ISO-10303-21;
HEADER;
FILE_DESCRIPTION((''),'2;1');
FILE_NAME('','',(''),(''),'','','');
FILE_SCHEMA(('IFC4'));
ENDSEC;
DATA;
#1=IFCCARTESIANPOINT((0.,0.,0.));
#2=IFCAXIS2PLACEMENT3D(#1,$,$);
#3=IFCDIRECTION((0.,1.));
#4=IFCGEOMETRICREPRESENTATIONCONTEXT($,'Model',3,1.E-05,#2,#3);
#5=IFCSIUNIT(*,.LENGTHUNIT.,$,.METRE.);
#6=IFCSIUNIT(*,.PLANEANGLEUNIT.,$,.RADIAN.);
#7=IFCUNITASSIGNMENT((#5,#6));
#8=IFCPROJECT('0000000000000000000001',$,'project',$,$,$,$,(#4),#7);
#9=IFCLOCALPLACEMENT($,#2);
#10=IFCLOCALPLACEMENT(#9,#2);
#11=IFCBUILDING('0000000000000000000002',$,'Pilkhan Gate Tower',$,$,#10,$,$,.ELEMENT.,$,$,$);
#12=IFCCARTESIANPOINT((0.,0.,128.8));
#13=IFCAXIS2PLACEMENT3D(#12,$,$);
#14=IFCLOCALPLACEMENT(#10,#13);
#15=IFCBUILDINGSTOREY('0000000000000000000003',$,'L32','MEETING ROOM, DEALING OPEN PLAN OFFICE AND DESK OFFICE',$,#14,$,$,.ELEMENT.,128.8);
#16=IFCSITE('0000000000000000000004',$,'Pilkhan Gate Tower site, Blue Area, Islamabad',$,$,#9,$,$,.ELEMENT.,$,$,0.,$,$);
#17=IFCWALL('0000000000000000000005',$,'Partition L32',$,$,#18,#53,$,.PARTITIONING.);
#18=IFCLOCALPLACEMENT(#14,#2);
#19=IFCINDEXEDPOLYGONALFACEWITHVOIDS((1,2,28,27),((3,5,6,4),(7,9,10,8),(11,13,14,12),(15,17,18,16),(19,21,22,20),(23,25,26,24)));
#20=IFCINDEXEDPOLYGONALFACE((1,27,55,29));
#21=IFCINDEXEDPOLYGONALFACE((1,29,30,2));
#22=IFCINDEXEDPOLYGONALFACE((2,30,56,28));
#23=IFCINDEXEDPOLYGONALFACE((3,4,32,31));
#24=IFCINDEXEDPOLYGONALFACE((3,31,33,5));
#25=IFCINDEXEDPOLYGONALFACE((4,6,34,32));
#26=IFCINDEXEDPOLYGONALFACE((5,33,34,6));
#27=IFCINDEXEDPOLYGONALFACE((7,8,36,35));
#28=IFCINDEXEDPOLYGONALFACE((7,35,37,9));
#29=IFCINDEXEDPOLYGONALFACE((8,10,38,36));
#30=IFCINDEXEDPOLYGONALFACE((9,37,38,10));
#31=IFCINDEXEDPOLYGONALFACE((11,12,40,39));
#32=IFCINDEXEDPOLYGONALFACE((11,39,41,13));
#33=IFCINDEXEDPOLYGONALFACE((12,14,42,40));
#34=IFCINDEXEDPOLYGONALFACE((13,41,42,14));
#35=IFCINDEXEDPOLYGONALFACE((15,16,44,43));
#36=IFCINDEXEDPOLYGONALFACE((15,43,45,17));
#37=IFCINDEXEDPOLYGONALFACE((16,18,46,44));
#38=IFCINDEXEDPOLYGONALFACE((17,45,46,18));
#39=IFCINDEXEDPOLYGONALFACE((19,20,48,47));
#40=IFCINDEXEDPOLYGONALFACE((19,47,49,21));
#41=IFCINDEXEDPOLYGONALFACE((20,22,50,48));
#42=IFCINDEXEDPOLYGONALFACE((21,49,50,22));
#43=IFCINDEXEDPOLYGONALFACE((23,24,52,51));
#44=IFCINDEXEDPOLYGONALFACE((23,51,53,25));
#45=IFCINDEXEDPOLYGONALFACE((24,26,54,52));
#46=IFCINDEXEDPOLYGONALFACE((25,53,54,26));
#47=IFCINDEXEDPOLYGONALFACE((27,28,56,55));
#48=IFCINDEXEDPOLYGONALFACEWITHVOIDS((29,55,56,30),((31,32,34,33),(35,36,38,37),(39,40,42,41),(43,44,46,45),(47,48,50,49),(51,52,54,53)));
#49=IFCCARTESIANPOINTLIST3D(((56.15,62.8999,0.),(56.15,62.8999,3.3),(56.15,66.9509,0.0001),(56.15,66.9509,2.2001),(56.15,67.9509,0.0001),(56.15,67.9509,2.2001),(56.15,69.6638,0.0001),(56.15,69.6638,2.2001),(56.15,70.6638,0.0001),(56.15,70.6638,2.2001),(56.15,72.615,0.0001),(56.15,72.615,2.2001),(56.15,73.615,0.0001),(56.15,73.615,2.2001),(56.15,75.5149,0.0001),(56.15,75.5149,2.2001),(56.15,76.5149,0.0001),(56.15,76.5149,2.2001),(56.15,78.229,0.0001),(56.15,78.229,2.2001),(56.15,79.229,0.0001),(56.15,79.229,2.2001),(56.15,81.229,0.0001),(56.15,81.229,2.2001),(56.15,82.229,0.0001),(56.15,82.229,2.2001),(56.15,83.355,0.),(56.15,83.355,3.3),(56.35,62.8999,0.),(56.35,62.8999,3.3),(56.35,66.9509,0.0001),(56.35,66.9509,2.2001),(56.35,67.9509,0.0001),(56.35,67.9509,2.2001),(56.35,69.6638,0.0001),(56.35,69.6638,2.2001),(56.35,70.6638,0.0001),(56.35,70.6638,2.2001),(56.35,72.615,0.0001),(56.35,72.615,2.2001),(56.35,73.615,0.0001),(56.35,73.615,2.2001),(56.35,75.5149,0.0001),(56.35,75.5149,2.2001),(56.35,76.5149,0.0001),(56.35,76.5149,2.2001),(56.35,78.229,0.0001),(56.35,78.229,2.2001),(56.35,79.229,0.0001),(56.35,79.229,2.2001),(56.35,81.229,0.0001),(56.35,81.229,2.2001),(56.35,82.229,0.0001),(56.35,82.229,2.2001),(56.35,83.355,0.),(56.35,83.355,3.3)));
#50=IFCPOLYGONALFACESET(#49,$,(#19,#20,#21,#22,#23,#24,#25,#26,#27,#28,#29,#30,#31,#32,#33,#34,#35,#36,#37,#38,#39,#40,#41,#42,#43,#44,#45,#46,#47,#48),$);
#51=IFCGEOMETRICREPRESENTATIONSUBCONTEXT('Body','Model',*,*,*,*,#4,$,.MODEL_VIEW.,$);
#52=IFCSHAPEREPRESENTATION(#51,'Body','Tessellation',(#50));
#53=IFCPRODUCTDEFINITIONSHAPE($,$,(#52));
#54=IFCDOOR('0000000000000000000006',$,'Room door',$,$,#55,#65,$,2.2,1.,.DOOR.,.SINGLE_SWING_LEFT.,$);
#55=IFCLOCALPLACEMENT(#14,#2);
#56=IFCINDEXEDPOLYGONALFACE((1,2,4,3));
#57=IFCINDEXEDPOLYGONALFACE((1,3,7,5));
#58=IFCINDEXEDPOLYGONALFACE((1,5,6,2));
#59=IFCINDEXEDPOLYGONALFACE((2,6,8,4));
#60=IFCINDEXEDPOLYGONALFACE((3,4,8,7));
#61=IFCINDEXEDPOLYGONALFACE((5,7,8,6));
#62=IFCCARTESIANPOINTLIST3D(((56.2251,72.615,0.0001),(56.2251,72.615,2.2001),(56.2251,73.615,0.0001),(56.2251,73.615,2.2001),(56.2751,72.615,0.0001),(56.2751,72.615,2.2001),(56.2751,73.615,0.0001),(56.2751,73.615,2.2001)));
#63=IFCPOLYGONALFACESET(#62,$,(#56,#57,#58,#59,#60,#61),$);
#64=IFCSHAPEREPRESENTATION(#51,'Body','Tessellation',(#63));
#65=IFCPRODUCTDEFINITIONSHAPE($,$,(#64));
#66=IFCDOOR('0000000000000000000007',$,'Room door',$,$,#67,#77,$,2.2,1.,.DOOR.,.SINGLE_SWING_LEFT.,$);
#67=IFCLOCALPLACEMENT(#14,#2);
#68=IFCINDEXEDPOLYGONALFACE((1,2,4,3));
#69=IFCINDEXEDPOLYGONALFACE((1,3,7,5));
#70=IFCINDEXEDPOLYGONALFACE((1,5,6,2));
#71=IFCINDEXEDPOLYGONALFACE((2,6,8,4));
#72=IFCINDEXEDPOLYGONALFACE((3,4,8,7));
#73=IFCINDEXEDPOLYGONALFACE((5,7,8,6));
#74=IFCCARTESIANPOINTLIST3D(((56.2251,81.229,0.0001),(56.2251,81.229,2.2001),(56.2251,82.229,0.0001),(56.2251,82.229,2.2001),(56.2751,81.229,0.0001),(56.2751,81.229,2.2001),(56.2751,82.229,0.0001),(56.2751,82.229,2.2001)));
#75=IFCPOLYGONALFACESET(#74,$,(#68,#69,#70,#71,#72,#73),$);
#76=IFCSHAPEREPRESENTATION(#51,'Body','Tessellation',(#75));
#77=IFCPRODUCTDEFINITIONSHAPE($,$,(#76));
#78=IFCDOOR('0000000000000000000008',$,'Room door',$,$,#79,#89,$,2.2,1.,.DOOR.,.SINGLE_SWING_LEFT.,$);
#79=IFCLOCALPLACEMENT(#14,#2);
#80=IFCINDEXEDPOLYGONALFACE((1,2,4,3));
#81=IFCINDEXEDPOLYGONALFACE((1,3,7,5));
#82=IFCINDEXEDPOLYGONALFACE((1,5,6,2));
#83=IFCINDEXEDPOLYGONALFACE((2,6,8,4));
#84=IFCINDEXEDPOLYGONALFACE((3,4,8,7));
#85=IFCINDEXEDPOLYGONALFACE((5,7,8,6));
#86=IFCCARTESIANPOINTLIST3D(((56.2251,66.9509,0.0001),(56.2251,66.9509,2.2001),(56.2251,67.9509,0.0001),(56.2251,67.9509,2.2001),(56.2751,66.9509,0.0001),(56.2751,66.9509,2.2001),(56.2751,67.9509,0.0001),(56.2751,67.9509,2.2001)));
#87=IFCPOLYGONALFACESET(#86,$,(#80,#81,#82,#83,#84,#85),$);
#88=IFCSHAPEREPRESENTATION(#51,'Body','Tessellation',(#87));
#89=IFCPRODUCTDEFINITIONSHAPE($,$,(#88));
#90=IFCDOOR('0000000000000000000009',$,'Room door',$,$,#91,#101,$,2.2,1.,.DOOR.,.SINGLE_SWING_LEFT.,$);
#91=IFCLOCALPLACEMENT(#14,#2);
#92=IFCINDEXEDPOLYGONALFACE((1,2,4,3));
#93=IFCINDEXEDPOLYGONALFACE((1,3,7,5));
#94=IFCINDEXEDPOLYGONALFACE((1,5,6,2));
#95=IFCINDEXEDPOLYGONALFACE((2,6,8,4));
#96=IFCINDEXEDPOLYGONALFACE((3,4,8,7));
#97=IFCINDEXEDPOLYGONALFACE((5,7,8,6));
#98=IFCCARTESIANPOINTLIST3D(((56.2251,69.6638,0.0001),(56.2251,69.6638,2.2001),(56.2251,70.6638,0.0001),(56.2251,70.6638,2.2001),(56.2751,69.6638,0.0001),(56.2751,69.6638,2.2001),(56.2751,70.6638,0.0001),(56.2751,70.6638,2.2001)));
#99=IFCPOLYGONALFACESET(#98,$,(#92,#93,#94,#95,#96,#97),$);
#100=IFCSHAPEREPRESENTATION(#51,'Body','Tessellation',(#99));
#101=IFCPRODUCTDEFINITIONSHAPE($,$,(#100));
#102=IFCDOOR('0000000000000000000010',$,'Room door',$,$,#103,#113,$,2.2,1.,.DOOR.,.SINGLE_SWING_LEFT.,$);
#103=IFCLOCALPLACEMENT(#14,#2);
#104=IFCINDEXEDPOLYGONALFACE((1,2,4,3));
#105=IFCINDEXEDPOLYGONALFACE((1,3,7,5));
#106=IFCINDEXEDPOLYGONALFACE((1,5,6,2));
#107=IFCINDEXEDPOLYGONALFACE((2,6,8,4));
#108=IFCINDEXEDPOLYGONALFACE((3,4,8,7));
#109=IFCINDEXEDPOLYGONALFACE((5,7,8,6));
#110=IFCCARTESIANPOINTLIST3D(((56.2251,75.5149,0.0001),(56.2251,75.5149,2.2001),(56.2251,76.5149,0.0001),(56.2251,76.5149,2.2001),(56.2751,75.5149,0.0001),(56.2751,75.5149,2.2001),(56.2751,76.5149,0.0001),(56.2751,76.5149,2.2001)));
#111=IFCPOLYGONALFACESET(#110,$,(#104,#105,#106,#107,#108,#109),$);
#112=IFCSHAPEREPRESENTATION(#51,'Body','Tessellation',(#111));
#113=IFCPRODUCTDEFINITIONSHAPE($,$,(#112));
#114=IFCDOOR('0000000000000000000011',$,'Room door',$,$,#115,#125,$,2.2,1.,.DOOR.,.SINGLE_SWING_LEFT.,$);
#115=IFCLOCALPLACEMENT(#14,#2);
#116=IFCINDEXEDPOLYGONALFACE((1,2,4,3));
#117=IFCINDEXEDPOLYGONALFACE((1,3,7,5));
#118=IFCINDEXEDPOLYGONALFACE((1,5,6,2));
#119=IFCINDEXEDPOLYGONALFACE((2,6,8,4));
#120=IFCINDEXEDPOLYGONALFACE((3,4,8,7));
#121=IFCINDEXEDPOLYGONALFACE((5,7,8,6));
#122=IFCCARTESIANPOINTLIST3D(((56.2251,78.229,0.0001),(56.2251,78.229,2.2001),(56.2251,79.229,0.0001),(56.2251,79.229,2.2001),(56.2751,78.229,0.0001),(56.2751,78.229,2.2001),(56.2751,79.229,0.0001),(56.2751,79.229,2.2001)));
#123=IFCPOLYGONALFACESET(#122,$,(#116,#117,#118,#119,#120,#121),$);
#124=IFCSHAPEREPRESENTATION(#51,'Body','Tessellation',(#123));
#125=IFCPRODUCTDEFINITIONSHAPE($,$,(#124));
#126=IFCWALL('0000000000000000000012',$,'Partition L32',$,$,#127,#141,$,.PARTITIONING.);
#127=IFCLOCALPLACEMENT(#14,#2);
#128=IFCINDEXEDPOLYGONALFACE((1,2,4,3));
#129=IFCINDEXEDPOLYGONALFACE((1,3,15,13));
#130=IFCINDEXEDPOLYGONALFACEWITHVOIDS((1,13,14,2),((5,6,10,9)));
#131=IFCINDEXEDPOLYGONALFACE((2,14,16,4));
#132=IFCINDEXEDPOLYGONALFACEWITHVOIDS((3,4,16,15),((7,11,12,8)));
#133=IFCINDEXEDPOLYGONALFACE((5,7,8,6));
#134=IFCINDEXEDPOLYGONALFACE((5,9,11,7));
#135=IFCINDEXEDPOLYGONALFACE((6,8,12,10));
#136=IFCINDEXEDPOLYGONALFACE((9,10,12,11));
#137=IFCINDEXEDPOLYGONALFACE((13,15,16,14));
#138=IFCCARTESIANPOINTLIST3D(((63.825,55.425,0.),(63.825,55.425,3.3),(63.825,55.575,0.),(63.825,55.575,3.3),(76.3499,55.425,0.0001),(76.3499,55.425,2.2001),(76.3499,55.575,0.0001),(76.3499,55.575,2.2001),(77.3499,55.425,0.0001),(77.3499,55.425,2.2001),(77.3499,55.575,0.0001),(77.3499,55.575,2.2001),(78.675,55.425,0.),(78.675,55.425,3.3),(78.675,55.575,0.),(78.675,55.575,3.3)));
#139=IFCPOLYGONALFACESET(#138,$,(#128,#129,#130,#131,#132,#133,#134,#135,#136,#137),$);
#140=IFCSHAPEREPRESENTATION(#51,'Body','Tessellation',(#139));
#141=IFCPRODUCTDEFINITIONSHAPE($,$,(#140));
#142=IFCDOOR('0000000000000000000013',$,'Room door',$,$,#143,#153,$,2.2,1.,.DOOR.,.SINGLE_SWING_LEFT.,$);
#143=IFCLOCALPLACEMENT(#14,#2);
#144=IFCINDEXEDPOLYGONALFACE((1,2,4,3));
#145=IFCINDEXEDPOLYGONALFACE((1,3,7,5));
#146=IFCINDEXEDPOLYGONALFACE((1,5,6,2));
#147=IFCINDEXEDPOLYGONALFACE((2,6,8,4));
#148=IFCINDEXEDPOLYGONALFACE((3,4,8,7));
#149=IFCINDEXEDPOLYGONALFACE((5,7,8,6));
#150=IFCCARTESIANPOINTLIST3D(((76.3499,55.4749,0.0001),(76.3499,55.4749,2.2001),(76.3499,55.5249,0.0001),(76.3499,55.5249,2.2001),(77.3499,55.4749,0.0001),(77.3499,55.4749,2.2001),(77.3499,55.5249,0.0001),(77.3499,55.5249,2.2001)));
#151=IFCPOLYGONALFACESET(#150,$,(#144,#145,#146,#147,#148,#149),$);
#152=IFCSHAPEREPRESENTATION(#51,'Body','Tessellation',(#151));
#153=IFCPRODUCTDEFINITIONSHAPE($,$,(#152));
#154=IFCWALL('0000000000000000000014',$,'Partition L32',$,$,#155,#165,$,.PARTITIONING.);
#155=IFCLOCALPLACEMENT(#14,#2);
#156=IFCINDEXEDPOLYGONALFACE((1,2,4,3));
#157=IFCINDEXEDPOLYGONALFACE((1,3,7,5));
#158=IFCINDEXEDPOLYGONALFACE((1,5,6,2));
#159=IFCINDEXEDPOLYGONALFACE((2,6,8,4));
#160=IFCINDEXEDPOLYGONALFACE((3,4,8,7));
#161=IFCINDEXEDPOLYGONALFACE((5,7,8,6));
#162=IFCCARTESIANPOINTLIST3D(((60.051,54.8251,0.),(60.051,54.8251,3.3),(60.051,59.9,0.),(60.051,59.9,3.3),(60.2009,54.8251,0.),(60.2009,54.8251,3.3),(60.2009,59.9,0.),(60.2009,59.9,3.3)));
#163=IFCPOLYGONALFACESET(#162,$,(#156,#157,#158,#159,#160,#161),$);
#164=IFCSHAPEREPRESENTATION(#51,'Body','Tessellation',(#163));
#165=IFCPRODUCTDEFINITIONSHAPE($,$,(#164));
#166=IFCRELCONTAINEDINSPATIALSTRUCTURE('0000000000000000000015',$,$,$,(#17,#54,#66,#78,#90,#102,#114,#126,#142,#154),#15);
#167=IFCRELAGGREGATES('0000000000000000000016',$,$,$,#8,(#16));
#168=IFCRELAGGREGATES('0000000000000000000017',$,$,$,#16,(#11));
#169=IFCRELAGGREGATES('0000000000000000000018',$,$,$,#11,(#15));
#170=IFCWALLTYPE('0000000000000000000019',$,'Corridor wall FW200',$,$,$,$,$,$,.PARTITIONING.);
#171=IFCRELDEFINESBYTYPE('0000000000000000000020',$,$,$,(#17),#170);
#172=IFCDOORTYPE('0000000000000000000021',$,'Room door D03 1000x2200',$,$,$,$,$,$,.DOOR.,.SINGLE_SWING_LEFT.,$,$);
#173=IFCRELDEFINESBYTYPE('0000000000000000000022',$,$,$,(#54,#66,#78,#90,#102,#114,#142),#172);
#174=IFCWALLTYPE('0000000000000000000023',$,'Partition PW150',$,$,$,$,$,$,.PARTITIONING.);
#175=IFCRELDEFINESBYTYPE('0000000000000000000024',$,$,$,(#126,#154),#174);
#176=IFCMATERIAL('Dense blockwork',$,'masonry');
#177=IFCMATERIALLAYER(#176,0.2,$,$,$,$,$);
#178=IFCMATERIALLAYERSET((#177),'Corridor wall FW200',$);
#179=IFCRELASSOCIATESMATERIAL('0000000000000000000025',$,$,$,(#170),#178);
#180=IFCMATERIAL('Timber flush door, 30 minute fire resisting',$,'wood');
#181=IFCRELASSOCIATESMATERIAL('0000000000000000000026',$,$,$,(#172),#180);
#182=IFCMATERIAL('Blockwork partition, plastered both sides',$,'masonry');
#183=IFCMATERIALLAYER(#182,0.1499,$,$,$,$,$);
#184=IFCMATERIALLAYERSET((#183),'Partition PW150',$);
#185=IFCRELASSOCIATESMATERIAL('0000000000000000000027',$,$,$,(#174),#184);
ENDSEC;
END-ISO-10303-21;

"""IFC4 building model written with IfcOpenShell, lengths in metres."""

from ifc_helpers import new_model, si_unit, direction, frame, frame_2d, origin, place, context, subcontext, project, spatial, rectangle, extrude, material, layer, layer_set, type_object, element, fill, save


model = new_model("IFC4")

# Units and contexts
model_context = context("Model", 3, precision=1e-05, world=origin(), true_north=direction((0.0, 1.0)))
body_context = subcontext(model_context, "Body", "Model", "MODEL_VIEW")
ifc_project = project(units=[si_unit("LENGTHUNIT", "METRE"), si_unit("PLANEANGLEUNIT", "RADIAN")], contexts=[model_context])

# Site, building, storey
site_placement = place(None, origin())
site = spatial("IfcSite", under=ifc_project, at=site_placement, Name="Pilkhan Gate Tower site, Blue Area, Islamabad", CompositionType="ELEMENT", RefElevation=0.0)
building_placement = place(site_placement, origin())
building = spatial("IfcBuilding", under=site, at=building_placement, Name="Pilkhan Gate Tower", CompositionType="ELEMENT")
storey_placement = place(building_placement, frame((0.0, 0.0, 128.8)))
storey = spatial("IfcBuildingStorey", under=building, at=storey_placement, Name="L32", Description="MEETING ROOM, DEALING OPEN PLAN OFFICE AND DESK OFFICE", CompositionType="ELEMENT", Elevation=128.8)

# Wall, openings, doors
ifc_material_1 = material(Name="Dense blockwork", Category="masonry")
ifc_layer_1 = layer(ifc_material_1, 0.2)
ifc_layer_set_1 = layer_set([ifc_layer_1], Name="Corridor wall FW200")
wall_type_1 = type_object("IfcWallType", Name="Corridor wall FW200", PredefinedType="PARTITIONING", material=ifc_layer_set_1)
wall_1_placement = place(storey_placement, frame((56.25, 62.8999, 0.0), z_axis=(0.0, 0.0, 1.0), x_axis=(0.0, 1.0, 0.0)))
wall_1 = element("IfcWall", 1, at=wall_1_placement, inside=storey, type_object=wall_type_1, Name="Partition L32", PredefinedType="PARTITIONING", context=body_context, shape_type="SweptSolid", body=[
    extrude(rectangle(XDim=20.4551, YDim=0.2, at=frame_2d((10.2275, 0.0))), origin(), (0.0, 0.0, 1.0), 3.3),
])
opening_1_placement = place(wall_1_placement, frame((9.7151, 0.0, 0.0)))
opening_1 = element("IfcOpeningElement", 2, at=opening_1_placement, cuts=wall_1, PredefinedType="OPENING", context=body_context, shape_type="SweptSolid", body=[
    extrude(rectangle(XDim=1.0, YDim=2.2, at=frame_2d((0.5, 1.1001))), frame((0.0, 0.1099, 0.0), z_axis=(0.0, -1.0, 0.0), x_axis=(1.0, 0.0, 0.0)), (0.0, 0.0, 1.0), 0.22),
])
opening_2_placement = place(wall_1_placement, frame((18.3291, 0.0, 0.0)))
opening_2 = element("IfcOpeningElement", 3, at=opening_2_placement, cuts=wall_1, PredefinedType="OPENING", context=body_context, shape_type="SweptSolid", body=[
    extrude(rectangle(XDim=1.0, YDim=2.2, at=frame_2d((0.5, 1.1001))), frame((0.0, 0.1099, 0.0), z_axis=(0.0, -1.0, 0.0), x_axis=(1.0, 0.0, 0.0)), (0.0, 0.0, 1.0), 0.22),
])
opening_3_placement = place(wall_1_placement, frame((4.051, 0.0, 0.0)))
opening_3 = element("IfcOpeningElement", 4, at=opening_3_placement, cuts=wall_1, PredefinedType="OPENING", context=body_context, shape_type="SweptSolid", body=[
    extrude(rectangle(XDim=1.0, YDim=2.2, at=frame_2d((0.5, 1.1001))), frame((0.0, 0.1099, 0.0), z_axis=(0.0, -1.0, 0.0), x_axis=(1.0, 0.0, 0.0)), (0.0, 0.0, 1.0), 0.22),
])
opening_4_placement = place(wall_1_placement, frame((6.7639, 0.0, 0.0)))
opening_4 = element("IfcOpeningElement", 5, at=opening_4_placement, cuts=wall_1, PredefinedType="OPENING", context=body_context, shape_type="SweptSolid", body=[
    extrude(rectangle(XDim=1.0, YDim=2.2, at=frame_2d((0.5, 1.1001))), frame((0.0, 0.1099, 0.0), z_axis=(0.0, -1.0, 0.0), x_axis=(1.0, 0.0, 0.0)), (0.0, 0.0, 1.0), 0.22),
])
opening_5_placement = place(wall_1_placement, frame((12.615, 0.0, 0.0)))
opening_5 = element("IfcOpeningElement", 6, at=opening_5_placement, cuts=wall_1, PredefinedType="OPENING", context=body_context, shape_type="SweptSolid", body=[
    extrude(rectangle(XDim=1.0, YDim=2.2, at=frame_2d((0.5, 1.1001))), frame((0.0, 0.1099, 0.0), z_axis=(0.0, -1.0, 0.0), x_axis=(1.0, 0.0, 0.0)), (0.0, 0.0, 1.0), 0.22),
])
opening_6_placement = place(wall_1_placement, frame((15.3291, 0.0, 0.0)))
opening_6 = element("IfcOpeningElement", 7, at=opening_6_placement, cuts=wall_1, PredefinedType="OPENING", context=body_context, shape_type="SweptSolid", body=[
    extrude(rectangle(XDim=1.0, YDim=2.2, at=frame_2d((0.5, 1.1001))), frame((0.0, 0.1099, 0.0), z_axis=(0.0, -1.0, 0.0), x_axis=(1.0, 0.0, 0.0)), (0.0, 0.0, 1.0), 0.22),
])
ifc_material_2 = material(Name="Timber flush door, 30 minute fire resisting", Category="wood")
door_type = type_object("IfcDoorType", Name="Room door D03 1000x2200", OperationType="SINGLE_SWING_LEFT", PredefinedType="DOOR", material=ifc_material_2)
door_1_placement = place(opening_1_placement, origin())
door_1 = element("IfcDoor", 8, at=door_1_placement, inside=storey, type_object=door_type, Name="Room door", OperationType="SINGLE_SWING_LEFT", OverallHeight=2.2, OverallWidth=1.0, PredefinedType="DOOR", context=body_context, shape_type="SweptSolid", body=[
    extrude(rectangle(XDim=1.0, YDim=2.2, at=frame_2d((0.5, 1.1001))), frame((0.0, 0.0249, 0.0), z_axis=(0.0, -1.0, 0.0), x_axis=(1.0, 0.0, 0.0)), (0.0, 0.0, 1.0), 0.05),
])
fill(opening_1, door_1)
door_2_placement = place(opening_2_placement, origin())
door_2 = element("IfcDoor", 9, at=door_2_placement, inside=storey, type_object=door_type, Name="Room door", OperationType="SINGLE_SWING_LEFT", OverallHeight=2.2, OverallWidth=1.0, PredefinedType="DOOR", context=body_context, shape_type="SweptSolid", body=[
    extrude(rectangle(XDim=1.0, YDim=2.2, at=frame_2d((0.5, 1.1001))), frame((0.0, 0.0249, 0.0), z_axis=(0.0, -1.0, 0.0), x_axis=(1.0, 0.0, 0.0)), (0.0, 0.0, 1.0), 0.05),
])
fill(opening_2, door_2)
door_3_placement = place(opening_3_placement, origin())
door_3 = element("IfcDoor", 10, at=door_3_placement, inside=storey, type_object=door_type, Name="Room door", OperationType="SINGLE_SWING_LEFT", OverallHeight=2.2, OverallWidth=1.0, PredefinedType="DOOR", context=body_context, shape_type="SweptSolid", body=[
    extrude(rectangle(XDim=1.0, YDim=2.2, at=frame_2d((0.5, 1.1001))), frame((0.0, 0.0249, 0.0), z_axis=(0.0, -1.0, 0.0), x_axis=(1.0, 0.0, 0.0)), (0.0, 0.0, 1.0), 0.05),
])
fill(opening_3, door_3)
door_4_placement = place(opening_4_placement, origin())
door_4 = element("IfcDoor", 11, at=door_4_placement, inside=storey, type_object=door_type, Name="Room door", OperationType="SINGLE_SWING_LEFT", OverallHeight=2.2, OverallWidth=1.0, PredefinedType="DOOR", context=body_context, shape_type="SweptSolid", body=[
    extrude(rectangle(XDim=1.0, YDim=2.2, at=frame_2d((0.5, 1.1001))), frame((0.0, 0.0249, 0.0), z_axis=(0.0, -1.0, 0.0), x_axis=(1.0, 0.0, 0.0)), (0.0, 0.0, 1.0), 0.05),
])
fill(opening_4, door_4)
door_5_placement = place(opening_5_placement, origin())
door_5 = element("IfcDoor", 12, at=door_5_placement, inside=storey, type_object=door_type, Name="Room door", OperationType="SINGLE_SWING_LEFT", OverallHeight=2.2, OverallWidth=1.0, PredefinedType="DOOR", context=body_context, shape_type="SweptSolid", body=[
    extrude(rectangle(XDim=1.0, YDim=2.2, at=frame_2d((0.5, 1.1001))), frame((0.0, 0.0249, 0.0), z_axis=(0.0, -1.0, 0.0), x_axis=(1.0, 0.0, 0.0)), (0.0, 0.0, 1.0), 0.05),
])
fill(opening_5, door_5)
door_6_placement = place(opening_6_placement, origin())
door_6 = element("IfcDoor", 13, at=door_6_placement, inside=storey, type_object=door_type, Name="Room door", OperationType="SINGLE_SWING_LEFT", OverallHeight=2.2, OverallWidth=1.0, PredefinedType="DOOR", context=body_context, shape_type="SweptSolid", body=[
    extrude(rectangle(XDim=1.0, YDim=2.2, at=frame_2d((0.5, 1.1001))), frame((0.0, 0.0249, 0.0), z_axis=(0.0, -1.0, 0.0), x_axis=(1.0, 0.0, 0.0)), (0.0, 0.0, 1.0), 0.05),
])
fill(opening_6, door_6)

# Wall, opening, door
ifc_material_3 = material(Name="Blockwork partition, plastered both sides", Category="masonry")
ifc_layer_2 = layer(ifc_material_3, 0.1499)
ifc_layer_set_2 = layer_set([ifc_layer_2], Name="Partition PW150")
wall_type_2 = type_object("IfcWallType", Name="Partition PW150", PredefinedType="PARTITIONING", material=ifc_layer_set_2)
wall_2_placement = place(storey_placement, frame((63.825, 55.5, 0.0), z_axis=(0.0, 0.0, 1.0), x_axis=(1.0, 0.0, 0.0)))
wall_2 = element("IfcWall", 14, at=wall_2_placement, inside=storey, type_object=wall_type_2, Name="Partition L32", PredefinedType="PARTITIONING", context=body_context, shape_type="SweptSolid", body=[
    extrude(rectangle(XDim=14.8501, YDim=0.1499, at=frame_2d((7.425, 0.0))), origin(), (0.0, 0.0, 1.0), 3.3),
])
opening_7_placement = place(wall_2_placement, frame((12.5249, 0.0, 0.0)))
opening_7 = element("IfcOpeningElement", 15, at=opening_7_placement, cuts=wall_2, PredefinedType="OPENING", context=body_context, shape_type="SweptSolid", body=[
    extrude(rectangle(XDim=1.0, YDim=2.2, at=frame_2d((0.5, 1.1001))), frame((0.0, 0.085, 0.0), z_axis=(0.0, -1.0, 0.0), x_axis=(1.0, 0.0, 0.0)), (0.0, 0.0, 1.0), 0.1699),
])
door_7_placement = place(opening_7_placement, origin())
door_7 = element("IfcDoor", 16, at=door_7_placement, inside=storey, type_object=door_type, Name="Room door", OperationType="SINGLE_SWING_LEFT", OverallHeight=2.2, OverallWidth=1.0, PredefinedType="DOOR", context=body_context, shape_type="SweptSolid", body=[
    extrude(rectangle(XDim=1.0, YDim=2.2, at=frame_2d((0.5, 1.1001))), frame((0.0, 0.0249, 0.0), z_axis=(0.0, -1.0, 0.0), x_axis=(1.0, 0.0, 0.0)), (0.0, 0.0, 1.0), 0.05),
])
fill(opening_7, door_7)

# Wall
wall_3_placement = place(storey_placement, frame((60.126, 54.825, 0.0), z_axis=(0.0, 0.0, 1.0), x_axis=(0.0, 1.0, 0.0)))
element("IfcWall", 17, at=wall_3_placement, inside=storey, type_object=wall_type_2, Name="Partition L32", PredefinedType="PARTITIONING", context=body_context, shape_type="SweptSolid", body=[
    extrude(rectangle(XDim=5.075, YDim=0.1499, at=frame_2d((2.5376, 0.0))), origin(), (0.0, 0.0, 1.0), 3.3),
])

save(model, "model.ifc")
